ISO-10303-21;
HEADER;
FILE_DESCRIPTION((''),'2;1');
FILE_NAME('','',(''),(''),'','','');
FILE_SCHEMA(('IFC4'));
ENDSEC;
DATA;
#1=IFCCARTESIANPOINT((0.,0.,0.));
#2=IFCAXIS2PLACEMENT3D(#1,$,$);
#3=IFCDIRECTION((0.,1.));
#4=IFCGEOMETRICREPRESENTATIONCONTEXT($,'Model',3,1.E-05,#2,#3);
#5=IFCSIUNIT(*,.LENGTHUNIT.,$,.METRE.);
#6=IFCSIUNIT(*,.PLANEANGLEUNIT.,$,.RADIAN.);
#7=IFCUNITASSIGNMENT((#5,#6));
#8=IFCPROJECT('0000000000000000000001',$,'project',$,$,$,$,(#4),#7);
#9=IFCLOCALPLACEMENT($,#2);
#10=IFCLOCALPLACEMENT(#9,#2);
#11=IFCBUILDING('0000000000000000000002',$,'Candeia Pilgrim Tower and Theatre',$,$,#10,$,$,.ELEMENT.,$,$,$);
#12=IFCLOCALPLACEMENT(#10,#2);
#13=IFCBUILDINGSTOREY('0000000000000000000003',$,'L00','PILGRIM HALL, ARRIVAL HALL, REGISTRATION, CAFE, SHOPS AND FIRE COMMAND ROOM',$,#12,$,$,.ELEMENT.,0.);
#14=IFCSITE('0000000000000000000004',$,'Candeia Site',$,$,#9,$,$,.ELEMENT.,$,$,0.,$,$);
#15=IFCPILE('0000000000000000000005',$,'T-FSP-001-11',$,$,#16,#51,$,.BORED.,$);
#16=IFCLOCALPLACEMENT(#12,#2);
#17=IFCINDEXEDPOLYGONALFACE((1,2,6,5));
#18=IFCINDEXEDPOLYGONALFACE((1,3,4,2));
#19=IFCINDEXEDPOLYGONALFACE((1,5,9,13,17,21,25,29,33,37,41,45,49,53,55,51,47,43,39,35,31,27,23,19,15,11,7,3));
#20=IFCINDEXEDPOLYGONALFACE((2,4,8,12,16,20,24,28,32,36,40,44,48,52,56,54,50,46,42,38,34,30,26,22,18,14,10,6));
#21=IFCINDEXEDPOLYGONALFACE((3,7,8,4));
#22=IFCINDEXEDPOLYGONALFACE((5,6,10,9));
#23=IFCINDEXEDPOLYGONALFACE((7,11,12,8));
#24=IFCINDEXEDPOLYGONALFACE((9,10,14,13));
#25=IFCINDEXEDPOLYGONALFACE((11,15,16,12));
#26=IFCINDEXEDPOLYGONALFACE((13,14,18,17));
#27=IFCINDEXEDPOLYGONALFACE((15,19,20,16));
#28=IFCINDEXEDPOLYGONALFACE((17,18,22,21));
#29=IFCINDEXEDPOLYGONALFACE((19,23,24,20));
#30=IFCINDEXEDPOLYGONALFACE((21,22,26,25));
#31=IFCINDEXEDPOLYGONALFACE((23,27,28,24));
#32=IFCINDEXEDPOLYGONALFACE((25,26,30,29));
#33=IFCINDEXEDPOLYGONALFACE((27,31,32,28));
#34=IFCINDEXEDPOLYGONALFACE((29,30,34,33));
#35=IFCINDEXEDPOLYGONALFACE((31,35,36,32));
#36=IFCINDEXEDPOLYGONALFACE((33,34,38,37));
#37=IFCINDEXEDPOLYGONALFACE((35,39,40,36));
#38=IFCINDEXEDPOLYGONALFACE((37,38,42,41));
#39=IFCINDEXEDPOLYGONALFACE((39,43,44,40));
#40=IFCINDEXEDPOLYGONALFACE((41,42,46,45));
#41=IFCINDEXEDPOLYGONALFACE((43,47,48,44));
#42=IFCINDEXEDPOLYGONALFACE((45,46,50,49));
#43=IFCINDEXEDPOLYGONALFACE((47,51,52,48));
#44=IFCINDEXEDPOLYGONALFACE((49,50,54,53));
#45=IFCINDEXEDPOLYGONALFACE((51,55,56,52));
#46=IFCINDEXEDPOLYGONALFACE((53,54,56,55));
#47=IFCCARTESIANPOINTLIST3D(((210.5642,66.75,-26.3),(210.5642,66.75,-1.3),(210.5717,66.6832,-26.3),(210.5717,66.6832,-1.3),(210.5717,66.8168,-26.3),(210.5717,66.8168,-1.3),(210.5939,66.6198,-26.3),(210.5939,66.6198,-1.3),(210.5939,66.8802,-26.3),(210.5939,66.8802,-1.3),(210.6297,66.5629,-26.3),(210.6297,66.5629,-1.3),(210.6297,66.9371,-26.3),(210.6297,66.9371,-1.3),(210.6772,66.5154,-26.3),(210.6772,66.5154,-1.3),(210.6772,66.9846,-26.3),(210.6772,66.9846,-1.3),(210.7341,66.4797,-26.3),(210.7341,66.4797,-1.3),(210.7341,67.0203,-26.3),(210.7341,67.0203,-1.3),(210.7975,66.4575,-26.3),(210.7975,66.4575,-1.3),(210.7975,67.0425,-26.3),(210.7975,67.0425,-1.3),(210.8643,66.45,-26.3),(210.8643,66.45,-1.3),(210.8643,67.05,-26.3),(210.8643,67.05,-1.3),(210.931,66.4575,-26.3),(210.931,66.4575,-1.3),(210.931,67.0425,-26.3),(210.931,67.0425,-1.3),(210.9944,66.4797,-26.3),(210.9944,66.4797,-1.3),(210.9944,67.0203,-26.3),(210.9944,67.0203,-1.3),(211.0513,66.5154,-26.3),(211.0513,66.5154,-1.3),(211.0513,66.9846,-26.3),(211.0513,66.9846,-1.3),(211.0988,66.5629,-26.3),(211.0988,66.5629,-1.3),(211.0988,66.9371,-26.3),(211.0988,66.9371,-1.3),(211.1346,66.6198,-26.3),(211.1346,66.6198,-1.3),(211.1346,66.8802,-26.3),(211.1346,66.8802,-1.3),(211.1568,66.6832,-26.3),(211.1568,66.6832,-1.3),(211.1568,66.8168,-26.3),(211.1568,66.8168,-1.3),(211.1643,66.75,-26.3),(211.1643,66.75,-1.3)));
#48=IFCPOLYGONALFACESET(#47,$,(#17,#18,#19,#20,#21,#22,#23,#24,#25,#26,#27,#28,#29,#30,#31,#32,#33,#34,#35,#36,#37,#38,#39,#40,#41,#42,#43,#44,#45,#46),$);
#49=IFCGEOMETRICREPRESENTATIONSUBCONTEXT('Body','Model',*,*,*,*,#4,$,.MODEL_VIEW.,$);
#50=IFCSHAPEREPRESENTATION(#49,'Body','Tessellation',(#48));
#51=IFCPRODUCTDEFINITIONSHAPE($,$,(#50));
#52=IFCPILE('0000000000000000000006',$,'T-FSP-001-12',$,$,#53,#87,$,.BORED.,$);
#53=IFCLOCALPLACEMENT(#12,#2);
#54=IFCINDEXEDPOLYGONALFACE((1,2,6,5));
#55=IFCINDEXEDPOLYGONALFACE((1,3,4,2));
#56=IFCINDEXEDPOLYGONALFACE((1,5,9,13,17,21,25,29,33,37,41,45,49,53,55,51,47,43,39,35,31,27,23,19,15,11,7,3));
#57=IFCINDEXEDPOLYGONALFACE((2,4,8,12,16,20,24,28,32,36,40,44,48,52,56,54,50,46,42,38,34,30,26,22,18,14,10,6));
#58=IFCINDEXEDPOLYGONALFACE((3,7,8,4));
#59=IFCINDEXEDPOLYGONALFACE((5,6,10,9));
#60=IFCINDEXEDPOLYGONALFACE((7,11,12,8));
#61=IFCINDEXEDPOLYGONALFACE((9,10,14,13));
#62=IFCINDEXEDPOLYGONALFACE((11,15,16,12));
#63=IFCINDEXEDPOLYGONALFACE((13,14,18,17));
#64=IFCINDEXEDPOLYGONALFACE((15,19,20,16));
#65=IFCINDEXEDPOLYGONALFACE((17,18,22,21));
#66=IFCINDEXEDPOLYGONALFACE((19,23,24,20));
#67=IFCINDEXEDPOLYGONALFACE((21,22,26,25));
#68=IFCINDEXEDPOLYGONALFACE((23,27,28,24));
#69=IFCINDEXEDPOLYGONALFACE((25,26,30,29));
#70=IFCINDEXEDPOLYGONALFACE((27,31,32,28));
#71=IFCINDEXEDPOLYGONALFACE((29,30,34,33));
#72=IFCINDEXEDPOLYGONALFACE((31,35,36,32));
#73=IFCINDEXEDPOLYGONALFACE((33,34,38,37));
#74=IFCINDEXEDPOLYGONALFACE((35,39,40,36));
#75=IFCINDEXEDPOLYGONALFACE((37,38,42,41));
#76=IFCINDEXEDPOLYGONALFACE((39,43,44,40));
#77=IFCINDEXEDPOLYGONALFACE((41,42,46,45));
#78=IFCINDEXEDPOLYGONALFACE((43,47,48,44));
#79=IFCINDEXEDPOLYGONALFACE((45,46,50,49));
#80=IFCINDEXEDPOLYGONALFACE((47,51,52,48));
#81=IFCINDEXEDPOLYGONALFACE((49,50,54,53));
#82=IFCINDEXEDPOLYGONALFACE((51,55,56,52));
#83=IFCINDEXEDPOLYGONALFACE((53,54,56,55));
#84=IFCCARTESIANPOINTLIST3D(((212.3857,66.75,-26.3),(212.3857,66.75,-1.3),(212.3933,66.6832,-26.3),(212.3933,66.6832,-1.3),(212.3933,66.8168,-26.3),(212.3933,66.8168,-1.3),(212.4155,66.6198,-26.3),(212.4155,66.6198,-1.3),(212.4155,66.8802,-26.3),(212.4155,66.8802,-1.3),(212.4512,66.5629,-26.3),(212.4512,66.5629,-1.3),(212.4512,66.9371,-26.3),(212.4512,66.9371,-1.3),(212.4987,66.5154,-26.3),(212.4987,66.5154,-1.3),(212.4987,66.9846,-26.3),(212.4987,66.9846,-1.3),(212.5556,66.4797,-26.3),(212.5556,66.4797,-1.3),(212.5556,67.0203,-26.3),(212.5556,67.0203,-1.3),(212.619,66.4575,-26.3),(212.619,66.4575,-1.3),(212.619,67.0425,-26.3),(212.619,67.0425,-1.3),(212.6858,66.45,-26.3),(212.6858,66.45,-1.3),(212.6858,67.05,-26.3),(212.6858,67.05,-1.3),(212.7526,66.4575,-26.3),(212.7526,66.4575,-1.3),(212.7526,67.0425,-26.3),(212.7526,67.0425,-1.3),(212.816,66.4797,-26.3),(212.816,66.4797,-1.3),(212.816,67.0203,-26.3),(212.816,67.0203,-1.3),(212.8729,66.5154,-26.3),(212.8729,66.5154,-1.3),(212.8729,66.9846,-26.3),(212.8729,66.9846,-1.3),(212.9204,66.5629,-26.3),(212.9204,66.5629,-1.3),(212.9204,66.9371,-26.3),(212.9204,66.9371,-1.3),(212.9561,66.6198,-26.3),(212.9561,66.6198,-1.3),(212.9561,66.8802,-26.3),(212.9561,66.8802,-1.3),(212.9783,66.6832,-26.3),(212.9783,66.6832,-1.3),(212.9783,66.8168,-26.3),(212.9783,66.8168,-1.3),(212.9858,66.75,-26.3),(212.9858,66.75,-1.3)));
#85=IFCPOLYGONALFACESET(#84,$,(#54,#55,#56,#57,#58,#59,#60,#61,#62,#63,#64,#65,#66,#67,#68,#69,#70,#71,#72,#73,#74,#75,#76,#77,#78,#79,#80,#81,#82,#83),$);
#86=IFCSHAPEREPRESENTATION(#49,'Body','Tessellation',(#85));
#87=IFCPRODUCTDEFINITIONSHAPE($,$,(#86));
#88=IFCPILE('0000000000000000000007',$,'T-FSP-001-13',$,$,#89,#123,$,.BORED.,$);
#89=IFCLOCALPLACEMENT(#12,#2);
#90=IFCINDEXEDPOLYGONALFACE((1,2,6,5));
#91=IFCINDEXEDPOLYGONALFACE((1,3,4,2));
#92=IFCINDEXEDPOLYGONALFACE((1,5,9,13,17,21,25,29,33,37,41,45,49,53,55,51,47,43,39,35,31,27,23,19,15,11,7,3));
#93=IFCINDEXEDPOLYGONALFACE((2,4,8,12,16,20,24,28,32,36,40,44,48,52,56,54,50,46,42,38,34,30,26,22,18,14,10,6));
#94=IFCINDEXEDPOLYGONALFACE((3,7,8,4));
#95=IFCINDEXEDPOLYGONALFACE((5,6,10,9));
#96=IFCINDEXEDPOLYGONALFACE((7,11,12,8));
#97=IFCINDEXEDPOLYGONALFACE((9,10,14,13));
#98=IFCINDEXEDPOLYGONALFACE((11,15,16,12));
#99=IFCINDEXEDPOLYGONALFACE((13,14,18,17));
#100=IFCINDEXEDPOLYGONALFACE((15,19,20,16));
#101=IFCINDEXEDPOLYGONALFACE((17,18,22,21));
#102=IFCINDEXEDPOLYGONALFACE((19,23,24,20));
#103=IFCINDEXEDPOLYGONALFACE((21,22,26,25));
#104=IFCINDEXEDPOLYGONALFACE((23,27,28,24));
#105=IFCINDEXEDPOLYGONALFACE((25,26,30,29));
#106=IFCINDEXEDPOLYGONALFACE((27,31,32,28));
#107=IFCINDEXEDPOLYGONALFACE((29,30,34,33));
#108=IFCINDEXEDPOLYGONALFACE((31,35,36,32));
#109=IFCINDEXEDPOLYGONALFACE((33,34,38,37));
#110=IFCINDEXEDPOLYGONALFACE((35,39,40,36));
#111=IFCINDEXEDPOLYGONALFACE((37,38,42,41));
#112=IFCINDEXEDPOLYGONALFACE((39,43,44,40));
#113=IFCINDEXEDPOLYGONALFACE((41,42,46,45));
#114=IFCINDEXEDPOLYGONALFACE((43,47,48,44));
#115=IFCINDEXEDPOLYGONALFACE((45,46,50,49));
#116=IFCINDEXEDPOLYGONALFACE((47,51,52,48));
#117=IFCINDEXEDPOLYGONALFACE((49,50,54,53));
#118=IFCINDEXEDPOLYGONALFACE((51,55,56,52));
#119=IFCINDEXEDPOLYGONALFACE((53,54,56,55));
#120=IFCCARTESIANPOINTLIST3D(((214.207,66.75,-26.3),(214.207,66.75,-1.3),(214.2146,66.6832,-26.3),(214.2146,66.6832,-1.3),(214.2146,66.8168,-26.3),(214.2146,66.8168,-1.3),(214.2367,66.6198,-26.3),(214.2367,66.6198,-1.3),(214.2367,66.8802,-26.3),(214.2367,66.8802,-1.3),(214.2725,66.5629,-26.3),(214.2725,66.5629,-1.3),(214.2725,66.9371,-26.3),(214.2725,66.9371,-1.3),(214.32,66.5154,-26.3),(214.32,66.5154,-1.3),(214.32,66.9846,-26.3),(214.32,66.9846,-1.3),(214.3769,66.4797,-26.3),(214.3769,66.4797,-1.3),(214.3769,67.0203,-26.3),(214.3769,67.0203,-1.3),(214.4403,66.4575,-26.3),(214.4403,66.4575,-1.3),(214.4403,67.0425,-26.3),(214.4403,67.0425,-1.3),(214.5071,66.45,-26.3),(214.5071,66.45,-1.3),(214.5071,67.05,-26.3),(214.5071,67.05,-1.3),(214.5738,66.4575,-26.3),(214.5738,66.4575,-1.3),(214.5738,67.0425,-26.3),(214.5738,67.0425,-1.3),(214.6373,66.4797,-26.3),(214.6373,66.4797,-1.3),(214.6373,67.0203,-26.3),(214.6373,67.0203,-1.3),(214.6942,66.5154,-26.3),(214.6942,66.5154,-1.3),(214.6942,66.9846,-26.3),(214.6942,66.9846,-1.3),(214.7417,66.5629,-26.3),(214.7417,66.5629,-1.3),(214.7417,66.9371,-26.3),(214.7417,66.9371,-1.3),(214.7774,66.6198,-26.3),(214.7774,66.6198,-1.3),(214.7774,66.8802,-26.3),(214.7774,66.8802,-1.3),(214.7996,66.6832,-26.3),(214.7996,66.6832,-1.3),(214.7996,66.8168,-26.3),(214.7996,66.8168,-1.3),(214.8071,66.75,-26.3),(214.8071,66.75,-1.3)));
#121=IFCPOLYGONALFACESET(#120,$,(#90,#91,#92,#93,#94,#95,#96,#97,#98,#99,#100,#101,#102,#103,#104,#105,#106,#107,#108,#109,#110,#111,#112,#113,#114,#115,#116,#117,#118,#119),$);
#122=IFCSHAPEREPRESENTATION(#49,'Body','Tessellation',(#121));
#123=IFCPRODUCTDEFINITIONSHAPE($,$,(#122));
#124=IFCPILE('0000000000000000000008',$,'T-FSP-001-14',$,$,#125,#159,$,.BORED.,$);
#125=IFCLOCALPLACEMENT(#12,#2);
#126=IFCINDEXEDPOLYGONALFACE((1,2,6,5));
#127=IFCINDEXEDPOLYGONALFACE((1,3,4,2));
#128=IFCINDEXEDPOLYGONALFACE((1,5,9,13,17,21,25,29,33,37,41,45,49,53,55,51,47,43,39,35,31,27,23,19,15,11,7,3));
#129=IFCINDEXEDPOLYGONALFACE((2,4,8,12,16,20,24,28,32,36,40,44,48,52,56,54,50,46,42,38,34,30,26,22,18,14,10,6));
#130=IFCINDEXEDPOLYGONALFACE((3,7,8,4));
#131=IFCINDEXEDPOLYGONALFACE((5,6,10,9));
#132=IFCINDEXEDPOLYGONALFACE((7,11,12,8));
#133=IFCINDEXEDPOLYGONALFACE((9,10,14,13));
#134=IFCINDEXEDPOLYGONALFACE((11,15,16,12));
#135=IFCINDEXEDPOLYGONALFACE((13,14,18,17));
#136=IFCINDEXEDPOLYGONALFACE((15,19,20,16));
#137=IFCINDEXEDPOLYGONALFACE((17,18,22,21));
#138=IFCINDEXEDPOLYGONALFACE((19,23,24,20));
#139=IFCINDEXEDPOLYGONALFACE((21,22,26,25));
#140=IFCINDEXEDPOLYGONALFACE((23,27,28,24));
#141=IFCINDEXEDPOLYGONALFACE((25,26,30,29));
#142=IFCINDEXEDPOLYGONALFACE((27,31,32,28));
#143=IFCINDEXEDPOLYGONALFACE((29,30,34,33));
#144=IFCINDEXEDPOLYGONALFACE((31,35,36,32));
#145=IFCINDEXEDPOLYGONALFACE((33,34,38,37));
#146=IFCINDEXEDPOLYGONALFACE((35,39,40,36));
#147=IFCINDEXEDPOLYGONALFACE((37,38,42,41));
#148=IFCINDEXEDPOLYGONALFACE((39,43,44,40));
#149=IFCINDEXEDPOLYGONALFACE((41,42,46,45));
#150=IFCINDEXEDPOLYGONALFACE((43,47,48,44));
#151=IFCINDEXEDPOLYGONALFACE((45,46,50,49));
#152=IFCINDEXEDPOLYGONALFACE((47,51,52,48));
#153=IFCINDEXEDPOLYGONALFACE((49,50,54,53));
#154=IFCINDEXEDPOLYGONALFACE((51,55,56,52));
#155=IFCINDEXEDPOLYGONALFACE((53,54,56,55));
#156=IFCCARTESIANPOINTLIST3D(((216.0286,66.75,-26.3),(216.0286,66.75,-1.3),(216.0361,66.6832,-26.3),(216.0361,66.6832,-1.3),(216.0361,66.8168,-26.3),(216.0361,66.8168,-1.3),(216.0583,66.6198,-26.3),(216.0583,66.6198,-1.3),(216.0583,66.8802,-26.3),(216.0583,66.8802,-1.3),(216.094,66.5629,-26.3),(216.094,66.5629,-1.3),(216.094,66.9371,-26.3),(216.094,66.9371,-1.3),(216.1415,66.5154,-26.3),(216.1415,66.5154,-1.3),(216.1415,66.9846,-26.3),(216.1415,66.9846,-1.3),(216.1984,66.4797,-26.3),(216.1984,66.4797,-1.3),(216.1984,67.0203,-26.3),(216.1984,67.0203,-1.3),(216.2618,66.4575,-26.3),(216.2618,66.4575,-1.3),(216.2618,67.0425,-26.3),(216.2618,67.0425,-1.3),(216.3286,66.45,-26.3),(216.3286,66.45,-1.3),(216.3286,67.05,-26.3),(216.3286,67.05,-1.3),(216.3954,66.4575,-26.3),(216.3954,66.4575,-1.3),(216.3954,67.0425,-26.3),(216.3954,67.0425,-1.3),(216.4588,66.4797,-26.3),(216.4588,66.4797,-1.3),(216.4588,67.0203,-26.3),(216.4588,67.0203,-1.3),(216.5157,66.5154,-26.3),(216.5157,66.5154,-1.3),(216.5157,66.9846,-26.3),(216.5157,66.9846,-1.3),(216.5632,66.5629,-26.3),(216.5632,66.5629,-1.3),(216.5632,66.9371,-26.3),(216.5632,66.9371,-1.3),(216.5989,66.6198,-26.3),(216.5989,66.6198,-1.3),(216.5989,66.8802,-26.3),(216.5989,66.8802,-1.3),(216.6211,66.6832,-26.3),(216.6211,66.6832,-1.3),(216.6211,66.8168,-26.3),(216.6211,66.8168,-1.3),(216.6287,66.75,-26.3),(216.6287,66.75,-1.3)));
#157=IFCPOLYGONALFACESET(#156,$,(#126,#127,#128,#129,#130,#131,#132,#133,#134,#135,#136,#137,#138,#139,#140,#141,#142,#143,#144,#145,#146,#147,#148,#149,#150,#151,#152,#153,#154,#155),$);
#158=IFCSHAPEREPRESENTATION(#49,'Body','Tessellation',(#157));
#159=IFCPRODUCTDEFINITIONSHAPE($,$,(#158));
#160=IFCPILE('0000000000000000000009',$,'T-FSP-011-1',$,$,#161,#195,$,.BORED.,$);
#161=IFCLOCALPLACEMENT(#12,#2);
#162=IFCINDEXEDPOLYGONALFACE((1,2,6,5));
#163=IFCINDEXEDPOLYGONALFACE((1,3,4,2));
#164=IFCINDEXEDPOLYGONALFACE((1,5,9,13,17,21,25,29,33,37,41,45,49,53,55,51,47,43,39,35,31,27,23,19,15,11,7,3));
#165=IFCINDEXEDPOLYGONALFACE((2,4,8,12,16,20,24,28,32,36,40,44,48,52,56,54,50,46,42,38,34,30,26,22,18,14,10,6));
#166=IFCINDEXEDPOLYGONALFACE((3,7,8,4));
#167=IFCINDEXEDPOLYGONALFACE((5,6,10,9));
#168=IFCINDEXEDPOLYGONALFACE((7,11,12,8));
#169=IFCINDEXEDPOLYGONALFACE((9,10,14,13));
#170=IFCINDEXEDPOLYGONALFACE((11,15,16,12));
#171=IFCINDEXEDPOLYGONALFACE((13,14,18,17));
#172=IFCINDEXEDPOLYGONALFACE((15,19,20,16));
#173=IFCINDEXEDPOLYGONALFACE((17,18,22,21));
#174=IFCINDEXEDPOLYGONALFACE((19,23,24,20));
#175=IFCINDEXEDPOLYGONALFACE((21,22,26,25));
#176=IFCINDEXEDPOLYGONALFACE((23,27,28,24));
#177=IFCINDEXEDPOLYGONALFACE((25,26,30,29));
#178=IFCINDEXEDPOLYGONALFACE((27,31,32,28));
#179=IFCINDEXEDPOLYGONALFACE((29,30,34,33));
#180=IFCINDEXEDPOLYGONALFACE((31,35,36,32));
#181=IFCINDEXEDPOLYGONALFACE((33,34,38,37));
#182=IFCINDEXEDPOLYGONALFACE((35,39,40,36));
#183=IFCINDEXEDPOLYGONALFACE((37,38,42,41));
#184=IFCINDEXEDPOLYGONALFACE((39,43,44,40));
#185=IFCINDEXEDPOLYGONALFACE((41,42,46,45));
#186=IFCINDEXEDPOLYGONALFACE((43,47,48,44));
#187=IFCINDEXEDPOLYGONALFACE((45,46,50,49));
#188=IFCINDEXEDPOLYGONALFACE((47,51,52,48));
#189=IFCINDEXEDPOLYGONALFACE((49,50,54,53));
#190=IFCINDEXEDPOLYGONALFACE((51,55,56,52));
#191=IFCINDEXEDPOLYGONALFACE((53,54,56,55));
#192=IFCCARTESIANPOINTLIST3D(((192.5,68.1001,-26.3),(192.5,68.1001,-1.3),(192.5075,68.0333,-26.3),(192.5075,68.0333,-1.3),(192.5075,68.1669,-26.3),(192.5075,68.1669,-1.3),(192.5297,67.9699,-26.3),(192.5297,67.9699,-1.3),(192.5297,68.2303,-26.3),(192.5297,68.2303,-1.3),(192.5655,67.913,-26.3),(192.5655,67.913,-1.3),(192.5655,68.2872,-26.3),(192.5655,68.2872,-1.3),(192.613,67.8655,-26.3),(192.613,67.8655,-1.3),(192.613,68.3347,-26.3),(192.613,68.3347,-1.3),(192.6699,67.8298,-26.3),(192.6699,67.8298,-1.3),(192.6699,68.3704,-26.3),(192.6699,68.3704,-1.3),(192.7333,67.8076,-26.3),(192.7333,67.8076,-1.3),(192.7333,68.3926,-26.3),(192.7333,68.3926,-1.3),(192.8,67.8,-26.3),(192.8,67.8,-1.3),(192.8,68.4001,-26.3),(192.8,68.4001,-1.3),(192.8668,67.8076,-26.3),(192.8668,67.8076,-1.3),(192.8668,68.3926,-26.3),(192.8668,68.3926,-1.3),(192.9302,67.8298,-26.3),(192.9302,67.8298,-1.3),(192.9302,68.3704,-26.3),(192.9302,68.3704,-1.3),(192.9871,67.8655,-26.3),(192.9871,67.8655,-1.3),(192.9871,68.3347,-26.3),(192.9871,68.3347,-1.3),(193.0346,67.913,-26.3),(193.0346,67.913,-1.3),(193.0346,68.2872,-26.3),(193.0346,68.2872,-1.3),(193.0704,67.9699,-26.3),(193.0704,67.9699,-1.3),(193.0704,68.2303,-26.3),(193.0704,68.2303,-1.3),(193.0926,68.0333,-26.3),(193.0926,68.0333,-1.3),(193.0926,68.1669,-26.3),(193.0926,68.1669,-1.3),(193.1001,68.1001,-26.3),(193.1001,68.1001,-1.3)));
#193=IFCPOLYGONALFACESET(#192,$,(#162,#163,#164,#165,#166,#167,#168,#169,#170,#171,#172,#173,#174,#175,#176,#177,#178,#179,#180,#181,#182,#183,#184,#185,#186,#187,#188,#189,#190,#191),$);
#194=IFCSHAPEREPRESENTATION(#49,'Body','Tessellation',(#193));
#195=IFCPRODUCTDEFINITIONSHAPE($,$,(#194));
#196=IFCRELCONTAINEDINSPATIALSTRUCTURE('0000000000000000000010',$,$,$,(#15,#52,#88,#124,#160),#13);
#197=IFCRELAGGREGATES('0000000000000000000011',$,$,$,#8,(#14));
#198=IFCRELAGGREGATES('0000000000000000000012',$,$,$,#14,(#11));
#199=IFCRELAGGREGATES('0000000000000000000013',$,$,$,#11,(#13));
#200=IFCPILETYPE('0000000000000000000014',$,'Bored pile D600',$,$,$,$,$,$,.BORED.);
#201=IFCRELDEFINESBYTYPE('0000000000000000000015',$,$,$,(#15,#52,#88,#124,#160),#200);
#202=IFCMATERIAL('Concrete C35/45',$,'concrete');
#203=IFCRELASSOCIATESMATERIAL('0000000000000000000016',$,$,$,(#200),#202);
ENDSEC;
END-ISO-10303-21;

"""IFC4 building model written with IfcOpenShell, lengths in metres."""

from ifc_helpers import new_model, si_unit, direction, frame, origin, origin_2d, place, context, subcontext, project, spatial, circle, extrude, material, type_object, element, save


model = new_model("IFC4")

# Units and contexts
model_context = context("Model", 3, precision=1e-05, world=origin(), true_north=direction((0.0, 1.0)))
body_context = subcontext(model_context, "Body", "Model", "MODEL_VIEW")
ifc_project = project(units=[si_unit("LENGTHUNIT", "METRE"), si_unit("PLANEANGLEUNIT", "RADIAN")], contexts=[model_context])

# Site, building, storey
site_placement = place(None, origin())
site = spatial("IfcSite", under=ifc_project, at=site_placement, Name="Candeia Site", CompositionType="ELEMENT", RefElevation=0.0)
building_placement = place(site_placement, origin())
building = spatial("IfcBuilding", under=site, at=building_placement, Name="Candeia Pilgrim Tower and Theatre", CompositionType="ELEMENT")
storey_placement = place(building_placement, origin())
storey = spatial("IfcBuildingStorey", under=building, at=storey_placement, Name="L00", Description="PILGRIM HALL, ARRIVAL HALL, REGISTRATION, CAFE, SHOPS AND FIRE COMMAND ROOM", CompositionType="ELEMENT", Elevation=0.0)

# Piles
ifc_material_1 = material(Name="Concrete C35/45", Category="concrete")
pile_type = type_object("IfcPileType", Name="Bored pile D600", PredefinedType="BORED", material=ifc_material_1)
for number, where, z_axis, x_axis, name in (
    (1, (210.8643, 66.75, -1.3), (0.0, 0.0, -1.0), (1.0, 0.0, 0.0), "T-FSP-001-11"),
    (2, (212.6858, 66.75, -1.3), (0.0, 0.0, -1.0), (1.0, 0.0, 0.0), "T-FSP-001-12"),
    (3, (214.5071, 66.75, -1.3), (0.0, 0.0, -1.0), (1.0, 0.0, 0.0), "T-FSP-001-13"),
    (4, (216.3286, 66.75, -1.3), (0.0, 0.0, -1.0), (1.0, 0.0, 0.0), "T-FSP-001-14"),
    (5, (192.8, 68.1001, -1.3), (0.0, 0.0, -1.0), (1.0, 0.0, 0.0), "T-FSP-011-1"),
):
    element("IfcPile", number, at=place(storey_placement, frame(where, z_axis=z_axis, x_axis=x_axis)), inside=storey, type_object=pile_type, Name=name, PredefinedType="BORED", context=body_context, shape_type="SweptSolid", body=[
        extrude(circle(Radius=0.3, at=origin_2d()), origin(), (0.0, 0.0, 1.0), 25.0),
    ])

save(model, "model.ifc")
